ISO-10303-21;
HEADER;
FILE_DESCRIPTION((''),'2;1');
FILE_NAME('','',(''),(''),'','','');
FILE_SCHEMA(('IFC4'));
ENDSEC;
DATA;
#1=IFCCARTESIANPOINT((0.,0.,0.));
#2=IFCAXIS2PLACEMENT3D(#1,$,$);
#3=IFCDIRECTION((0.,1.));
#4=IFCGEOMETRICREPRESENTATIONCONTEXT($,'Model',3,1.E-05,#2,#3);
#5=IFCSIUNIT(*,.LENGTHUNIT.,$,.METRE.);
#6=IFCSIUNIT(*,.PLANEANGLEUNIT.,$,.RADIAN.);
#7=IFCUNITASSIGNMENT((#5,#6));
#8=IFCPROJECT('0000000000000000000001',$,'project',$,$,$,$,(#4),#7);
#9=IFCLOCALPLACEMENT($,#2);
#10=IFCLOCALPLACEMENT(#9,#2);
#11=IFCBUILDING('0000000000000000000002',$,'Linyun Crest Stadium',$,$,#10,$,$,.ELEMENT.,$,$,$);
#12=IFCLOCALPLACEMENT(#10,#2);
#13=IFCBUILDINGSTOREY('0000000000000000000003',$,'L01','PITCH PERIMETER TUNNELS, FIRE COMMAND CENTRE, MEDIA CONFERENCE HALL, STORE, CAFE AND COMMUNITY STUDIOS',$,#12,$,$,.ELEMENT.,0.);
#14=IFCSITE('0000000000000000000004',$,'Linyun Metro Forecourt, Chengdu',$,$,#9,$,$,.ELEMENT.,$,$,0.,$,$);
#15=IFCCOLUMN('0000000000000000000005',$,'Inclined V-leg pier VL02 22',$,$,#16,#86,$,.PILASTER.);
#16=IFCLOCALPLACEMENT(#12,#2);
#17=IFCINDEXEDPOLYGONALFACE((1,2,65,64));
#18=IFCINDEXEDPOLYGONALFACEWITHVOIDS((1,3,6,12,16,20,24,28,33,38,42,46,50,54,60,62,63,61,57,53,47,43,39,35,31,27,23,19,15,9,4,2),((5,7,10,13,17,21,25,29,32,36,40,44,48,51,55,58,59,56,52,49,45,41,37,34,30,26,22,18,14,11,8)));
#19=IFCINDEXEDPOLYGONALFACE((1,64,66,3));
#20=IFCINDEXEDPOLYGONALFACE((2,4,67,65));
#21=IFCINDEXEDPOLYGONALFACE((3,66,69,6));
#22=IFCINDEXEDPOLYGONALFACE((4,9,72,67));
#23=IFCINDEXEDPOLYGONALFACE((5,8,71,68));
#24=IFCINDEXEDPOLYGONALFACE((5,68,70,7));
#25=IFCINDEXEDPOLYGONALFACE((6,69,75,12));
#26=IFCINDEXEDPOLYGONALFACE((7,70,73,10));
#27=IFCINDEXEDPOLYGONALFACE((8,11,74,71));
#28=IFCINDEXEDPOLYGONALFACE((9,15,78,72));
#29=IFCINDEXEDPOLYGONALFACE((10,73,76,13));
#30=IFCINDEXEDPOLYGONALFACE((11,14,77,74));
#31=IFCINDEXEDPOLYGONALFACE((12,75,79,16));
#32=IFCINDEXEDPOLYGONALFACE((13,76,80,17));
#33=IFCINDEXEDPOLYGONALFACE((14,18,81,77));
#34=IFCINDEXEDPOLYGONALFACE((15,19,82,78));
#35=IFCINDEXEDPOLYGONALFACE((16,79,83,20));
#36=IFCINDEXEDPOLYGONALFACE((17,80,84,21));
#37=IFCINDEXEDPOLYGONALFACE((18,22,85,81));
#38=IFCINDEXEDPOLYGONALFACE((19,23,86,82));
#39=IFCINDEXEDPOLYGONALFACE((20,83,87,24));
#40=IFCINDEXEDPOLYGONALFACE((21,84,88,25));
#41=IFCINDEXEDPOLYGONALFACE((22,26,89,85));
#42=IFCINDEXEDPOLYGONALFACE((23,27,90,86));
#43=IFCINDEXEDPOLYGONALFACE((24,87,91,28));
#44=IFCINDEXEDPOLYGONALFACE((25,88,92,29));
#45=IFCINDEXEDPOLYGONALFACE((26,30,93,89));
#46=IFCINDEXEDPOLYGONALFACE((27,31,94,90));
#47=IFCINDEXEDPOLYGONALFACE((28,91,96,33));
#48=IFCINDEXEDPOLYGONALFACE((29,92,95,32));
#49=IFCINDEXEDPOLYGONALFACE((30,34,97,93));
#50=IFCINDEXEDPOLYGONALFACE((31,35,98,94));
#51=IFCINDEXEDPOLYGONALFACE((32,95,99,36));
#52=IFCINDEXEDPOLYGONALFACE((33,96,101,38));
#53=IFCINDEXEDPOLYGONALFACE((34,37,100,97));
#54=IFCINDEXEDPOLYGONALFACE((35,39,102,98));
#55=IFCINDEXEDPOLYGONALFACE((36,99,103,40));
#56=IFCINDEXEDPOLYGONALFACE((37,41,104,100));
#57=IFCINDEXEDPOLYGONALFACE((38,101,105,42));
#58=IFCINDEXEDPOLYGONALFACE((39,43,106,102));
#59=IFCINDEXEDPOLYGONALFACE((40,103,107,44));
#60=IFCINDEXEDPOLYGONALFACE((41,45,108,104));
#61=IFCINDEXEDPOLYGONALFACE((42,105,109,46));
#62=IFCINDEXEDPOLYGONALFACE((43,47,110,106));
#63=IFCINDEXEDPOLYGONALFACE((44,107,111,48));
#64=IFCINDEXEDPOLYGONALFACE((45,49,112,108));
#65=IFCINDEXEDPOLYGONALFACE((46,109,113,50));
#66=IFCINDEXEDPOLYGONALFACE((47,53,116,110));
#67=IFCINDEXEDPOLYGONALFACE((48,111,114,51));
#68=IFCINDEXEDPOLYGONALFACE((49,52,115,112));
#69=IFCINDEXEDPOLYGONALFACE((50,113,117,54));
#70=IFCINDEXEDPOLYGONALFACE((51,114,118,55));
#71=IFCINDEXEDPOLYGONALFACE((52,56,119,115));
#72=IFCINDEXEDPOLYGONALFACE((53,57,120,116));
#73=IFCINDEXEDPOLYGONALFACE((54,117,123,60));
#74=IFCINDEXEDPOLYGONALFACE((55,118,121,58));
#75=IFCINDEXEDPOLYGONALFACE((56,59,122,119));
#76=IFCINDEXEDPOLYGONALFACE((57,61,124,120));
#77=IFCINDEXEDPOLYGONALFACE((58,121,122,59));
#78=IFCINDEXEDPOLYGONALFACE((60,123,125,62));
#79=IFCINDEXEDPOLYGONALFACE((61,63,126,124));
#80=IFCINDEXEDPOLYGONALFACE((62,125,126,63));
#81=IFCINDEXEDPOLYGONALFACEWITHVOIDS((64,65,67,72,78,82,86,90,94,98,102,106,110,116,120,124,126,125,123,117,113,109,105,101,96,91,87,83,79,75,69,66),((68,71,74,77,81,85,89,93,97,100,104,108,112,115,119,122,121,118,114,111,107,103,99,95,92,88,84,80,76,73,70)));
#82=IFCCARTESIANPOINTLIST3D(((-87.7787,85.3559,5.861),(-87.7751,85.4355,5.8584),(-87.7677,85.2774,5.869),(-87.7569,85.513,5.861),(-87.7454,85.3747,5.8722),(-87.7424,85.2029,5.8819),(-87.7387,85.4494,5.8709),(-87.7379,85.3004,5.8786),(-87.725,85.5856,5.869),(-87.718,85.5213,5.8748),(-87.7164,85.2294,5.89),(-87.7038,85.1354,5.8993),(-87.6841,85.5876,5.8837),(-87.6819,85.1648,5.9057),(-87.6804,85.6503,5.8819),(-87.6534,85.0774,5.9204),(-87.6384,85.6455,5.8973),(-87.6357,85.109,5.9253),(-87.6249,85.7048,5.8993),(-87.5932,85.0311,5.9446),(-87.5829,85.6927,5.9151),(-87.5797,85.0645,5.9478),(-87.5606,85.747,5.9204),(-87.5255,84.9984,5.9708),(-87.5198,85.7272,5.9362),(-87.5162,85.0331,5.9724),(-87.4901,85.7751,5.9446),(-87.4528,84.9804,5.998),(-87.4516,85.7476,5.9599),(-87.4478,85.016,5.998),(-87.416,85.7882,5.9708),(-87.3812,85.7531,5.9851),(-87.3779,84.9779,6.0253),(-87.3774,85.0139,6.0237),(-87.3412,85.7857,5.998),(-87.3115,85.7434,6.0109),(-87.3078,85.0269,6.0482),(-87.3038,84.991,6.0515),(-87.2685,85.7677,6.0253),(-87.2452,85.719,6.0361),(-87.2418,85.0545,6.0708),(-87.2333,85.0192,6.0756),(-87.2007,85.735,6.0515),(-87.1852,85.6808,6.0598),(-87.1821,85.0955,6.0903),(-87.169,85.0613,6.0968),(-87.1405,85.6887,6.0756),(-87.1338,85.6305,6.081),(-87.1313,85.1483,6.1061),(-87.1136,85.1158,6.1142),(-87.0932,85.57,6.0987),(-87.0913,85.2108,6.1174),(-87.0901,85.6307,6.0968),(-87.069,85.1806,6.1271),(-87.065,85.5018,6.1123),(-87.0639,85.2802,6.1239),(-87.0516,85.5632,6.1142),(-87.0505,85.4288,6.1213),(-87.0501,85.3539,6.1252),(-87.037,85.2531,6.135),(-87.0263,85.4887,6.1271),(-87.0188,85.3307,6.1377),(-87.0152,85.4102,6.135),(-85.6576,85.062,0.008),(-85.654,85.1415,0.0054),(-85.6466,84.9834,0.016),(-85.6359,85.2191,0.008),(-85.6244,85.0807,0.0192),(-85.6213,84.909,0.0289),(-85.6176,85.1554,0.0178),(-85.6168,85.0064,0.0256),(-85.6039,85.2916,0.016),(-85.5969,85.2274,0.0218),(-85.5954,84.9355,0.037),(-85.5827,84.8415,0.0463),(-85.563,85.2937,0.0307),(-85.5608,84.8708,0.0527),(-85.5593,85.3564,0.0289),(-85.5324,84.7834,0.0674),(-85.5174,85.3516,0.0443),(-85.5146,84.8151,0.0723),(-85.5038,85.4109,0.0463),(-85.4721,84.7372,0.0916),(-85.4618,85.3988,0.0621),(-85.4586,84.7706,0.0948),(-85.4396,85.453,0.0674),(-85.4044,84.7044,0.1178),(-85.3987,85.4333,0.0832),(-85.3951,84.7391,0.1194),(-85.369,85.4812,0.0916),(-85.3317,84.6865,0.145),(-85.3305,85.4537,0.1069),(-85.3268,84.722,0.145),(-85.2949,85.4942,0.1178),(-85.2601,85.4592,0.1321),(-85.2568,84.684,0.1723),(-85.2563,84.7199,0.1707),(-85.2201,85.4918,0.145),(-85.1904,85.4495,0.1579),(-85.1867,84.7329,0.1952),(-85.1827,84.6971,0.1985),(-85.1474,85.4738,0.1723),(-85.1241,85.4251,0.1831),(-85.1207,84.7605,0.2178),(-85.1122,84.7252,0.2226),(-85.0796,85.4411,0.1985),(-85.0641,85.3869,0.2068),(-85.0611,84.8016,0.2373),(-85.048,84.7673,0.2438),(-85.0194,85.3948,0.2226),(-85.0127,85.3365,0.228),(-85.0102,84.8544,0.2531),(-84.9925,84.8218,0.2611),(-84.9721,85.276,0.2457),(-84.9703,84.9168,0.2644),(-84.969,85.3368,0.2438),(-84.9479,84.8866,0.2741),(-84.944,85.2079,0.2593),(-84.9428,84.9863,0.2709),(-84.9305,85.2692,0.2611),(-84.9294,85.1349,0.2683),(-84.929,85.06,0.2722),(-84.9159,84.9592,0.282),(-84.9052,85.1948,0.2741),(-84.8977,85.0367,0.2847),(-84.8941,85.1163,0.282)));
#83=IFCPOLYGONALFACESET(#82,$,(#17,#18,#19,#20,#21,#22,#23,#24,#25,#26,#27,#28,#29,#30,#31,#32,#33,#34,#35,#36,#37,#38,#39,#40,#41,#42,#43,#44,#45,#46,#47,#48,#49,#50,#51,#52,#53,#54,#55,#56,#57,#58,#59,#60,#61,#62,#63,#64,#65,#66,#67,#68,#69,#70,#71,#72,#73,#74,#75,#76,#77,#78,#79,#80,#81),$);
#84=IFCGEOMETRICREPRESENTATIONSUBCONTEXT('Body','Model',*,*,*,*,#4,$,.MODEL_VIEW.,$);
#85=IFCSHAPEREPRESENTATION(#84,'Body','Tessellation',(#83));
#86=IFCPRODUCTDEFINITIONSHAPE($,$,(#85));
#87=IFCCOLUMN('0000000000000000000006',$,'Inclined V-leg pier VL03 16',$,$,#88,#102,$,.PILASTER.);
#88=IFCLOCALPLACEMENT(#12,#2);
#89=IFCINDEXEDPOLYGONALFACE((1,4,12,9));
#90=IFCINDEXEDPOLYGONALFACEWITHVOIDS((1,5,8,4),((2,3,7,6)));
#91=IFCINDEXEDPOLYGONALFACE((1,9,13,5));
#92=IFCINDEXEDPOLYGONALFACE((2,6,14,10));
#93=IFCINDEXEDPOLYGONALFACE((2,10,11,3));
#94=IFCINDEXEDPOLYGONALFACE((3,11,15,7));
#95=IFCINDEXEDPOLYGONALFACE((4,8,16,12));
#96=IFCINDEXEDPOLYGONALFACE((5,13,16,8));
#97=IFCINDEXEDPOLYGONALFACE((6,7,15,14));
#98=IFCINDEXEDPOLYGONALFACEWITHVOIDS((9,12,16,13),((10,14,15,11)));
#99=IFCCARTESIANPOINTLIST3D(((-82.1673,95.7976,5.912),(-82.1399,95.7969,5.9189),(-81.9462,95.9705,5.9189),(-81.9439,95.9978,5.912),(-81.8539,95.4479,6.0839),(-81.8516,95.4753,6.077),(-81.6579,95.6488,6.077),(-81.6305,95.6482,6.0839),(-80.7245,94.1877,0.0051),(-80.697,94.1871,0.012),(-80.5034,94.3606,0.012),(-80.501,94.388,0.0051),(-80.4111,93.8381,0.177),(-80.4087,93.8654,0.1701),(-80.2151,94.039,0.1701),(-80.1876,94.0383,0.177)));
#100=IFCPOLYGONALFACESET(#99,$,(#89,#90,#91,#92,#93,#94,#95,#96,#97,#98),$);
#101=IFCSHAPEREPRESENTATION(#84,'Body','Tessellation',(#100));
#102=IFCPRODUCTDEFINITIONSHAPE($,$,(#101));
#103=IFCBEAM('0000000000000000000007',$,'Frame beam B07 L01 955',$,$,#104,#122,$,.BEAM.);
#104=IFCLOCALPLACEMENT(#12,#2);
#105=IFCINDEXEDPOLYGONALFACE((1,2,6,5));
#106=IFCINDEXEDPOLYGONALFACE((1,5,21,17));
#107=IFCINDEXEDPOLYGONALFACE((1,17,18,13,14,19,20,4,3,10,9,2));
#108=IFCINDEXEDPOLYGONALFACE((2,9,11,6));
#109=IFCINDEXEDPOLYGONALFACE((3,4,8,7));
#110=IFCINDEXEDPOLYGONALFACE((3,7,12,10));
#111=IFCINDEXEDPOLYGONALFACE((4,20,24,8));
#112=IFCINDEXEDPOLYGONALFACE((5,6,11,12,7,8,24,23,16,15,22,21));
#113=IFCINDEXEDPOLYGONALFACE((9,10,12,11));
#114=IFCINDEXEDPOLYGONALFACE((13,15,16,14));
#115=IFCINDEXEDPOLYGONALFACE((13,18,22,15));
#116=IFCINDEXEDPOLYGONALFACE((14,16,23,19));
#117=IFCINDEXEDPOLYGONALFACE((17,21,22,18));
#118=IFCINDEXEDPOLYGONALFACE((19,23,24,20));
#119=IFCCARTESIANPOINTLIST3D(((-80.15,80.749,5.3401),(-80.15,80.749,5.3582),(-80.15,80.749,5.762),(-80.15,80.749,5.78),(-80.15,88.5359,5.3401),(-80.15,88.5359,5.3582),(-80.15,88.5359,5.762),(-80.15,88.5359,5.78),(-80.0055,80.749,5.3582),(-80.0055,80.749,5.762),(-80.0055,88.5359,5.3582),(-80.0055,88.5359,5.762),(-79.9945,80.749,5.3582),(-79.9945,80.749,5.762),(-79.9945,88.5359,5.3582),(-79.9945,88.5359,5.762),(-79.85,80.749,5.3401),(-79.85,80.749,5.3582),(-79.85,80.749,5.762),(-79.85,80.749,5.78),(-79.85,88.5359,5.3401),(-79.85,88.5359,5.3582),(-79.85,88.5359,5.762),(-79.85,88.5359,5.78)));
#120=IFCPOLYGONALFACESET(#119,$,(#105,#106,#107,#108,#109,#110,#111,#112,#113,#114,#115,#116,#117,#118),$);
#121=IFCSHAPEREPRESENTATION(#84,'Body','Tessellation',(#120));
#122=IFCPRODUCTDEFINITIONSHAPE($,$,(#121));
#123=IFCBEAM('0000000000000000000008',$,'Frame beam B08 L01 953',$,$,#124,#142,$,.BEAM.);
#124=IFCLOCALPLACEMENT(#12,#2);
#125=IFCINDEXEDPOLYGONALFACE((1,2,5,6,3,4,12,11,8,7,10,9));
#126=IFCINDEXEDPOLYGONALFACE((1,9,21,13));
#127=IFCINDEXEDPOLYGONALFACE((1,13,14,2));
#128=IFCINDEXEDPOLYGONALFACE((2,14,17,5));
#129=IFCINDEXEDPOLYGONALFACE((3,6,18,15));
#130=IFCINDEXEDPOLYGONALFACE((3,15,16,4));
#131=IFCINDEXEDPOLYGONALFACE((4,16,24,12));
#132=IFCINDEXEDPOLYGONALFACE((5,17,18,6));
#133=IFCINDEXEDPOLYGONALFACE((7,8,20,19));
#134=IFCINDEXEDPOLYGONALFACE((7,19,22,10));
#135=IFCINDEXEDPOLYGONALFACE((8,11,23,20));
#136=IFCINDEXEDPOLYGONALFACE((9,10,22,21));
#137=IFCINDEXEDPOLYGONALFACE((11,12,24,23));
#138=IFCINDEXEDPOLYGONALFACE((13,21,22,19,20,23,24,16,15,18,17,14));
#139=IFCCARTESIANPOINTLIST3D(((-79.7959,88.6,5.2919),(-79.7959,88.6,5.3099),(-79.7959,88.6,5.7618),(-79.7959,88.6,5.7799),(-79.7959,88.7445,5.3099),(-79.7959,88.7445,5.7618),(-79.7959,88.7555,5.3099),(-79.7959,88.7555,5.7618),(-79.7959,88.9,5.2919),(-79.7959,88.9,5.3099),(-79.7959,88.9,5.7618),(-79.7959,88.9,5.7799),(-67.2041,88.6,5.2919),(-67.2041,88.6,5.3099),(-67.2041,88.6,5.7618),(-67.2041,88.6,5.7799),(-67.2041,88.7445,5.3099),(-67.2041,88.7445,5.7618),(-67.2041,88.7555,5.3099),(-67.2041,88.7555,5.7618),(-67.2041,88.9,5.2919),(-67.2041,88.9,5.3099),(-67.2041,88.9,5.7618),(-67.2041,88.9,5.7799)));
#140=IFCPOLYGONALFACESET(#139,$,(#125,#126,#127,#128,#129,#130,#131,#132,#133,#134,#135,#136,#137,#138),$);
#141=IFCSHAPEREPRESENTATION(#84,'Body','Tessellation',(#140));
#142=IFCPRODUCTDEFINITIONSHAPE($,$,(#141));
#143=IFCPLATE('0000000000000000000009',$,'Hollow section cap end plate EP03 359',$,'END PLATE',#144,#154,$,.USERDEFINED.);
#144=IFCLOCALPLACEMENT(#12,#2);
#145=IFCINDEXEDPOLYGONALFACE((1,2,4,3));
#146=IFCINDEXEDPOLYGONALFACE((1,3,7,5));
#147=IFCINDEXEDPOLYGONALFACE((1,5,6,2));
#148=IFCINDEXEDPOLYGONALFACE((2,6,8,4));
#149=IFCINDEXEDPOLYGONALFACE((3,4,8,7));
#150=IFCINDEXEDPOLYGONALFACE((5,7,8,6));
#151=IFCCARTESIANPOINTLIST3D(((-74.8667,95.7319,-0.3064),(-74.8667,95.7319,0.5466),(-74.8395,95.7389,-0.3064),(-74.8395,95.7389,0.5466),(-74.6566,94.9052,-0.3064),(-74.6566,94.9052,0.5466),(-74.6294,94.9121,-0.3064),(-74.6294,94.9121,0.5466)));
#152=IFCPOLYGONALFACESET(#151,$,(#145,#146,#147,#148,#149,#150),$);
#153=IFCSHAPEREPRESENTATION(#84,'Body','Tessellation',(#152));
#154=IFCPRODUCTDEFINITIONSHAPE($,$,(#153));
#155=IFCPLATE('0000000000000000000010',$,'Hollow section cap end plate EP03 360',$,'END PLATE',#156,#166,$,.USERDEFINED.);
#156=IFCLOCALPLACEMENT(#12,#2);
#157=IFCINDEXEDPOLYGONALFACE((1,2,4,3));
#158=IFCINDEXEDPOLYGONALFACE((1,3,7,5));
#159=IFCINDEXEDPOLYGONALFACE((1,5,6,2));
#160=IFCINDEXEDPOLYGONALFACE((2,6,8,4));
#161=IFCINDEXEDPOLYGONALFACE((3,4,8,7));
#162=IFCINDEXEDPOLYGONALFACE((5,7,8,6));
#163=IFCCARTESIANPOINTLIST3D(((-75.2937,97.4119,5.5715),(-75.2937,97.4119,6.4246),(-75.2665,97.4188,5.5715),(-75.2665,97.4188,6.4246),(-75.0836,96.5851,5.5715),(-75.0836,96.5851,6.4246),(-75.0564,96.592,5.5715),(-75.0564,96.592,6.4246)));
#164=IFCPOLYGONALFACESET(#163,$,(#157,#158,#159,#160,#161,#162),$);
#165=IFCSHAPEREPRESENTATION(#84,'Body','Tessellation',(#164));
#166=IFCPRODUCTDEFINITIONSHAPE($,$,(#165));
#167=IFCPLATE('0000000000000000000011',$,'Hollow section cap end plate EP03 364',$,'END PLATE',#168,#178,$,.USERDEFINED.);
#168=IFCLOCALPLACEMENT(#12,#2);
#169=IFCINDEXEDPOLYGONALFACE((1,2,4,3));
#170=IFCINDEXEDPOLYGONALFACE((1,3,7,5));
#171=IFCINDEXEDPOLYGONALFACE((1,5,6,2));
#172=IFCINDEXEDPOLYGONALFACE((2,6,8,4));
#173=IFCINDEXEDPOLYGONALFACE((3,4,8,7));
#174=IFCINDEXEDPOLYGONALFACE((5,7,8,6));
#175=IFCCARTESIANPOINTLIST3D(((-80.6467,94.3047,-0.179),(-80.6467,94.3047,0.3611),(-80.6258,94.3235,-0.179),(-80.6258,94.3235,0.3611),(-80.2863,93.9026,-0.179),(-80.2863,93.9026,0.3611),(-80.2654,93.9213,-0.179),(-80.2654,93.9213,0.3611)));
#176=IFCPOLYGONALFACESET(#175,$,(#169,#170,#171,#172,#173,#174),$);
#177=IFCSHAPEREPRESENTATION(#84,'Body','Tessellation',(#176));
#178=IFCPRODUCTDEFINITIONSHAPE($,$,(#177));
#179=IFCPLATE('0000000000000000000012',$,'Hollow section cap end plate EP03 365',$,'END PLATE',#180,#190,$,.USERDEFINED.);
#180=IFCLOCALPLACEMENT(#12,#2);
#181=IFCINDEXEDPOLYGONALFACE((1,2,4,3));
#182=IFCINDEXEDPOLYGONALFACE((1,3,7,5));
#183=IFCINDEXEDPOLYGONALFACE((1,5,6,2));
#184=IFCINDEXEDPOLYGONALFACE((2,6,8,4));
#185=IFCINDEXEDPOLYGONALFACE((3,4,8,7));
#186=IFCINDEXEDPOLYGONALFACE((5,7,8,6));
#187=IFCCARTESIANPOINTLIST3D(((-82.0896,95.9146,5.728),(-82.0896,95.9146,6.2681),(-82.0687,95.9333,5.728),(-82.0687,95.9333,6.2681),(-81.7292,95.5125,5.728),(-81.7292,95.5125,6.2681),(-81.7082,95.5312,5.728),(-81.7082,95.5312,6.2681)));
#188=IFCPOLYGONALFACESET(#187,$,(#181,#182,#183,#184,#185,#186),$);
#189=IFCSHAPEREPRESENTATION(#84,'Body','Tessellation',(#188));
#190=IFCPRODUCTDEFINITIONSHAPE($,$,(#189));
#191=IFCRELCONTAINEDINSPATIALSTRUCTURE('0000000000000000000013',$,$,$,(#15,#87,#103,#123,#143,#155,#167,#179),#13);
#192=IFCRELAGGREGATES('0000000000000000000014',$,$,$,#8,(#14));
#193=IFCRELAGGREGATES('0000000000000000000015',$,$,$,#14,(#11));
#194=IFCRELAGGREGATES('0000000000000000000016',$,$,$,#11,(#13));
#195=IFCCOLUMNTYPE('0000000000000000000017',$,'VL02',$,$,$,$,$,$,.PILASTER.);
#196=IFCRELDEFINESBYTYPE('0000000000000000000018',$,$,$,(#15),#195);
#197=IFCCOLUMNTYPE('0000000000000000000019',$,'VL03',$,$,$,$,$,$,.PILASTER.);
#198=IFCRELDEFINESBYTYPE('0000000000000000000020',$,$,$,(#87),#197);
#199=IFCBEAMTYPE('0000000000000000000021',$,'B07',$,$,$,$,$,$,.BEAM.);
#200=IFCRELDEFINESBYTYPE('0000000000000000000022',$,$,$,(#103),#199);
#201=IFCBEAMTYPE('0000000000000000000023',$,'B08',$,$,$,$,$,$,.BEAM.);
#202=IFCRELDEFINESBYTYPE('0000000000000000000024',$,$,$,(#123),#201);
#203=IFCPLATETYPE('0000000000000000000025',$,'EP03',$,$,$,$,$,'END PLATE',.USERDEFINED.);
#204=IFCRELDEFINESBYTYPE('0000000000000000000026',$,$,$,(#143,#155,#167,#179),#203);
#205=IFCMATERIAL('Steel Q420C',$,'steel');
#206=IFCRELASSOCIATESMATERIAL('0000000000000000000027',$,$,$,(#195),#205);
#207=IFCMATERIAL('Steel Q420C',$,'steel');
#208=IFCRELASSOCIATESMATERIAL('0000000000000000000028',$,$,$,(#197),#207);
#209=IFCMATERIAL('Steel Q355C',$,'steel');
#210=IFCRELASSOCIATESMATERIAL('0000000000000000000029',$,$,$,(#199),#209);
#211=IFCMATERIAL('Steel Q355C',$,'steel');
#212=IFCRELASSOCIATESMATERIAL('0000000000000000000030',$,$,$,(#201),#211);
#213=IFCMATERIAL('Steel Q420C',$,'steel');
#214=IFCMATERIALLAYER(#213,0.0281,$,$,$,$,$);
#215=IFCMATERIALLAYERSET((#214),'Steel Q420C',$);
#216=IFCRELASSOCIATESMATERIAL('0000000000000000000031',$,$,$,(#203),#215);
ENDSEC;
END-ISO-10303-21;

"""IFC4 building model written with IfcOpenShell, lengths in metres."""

from ifc_helpers import new_model, si_unit, direction, frame, origin, origin_2d, place, context, subcontext, project, spatial, rectangle, hollow_rectangle, hollow_circle, i_section, extrude, material, layer, layer_set, material_profile, profile_set, type_object, element, save


model = new_model("IFC4")

# Units and contexts
model_context = context("Model", 3, precision=1e-05, world=origin(), true_north=direction((0.0, 1.0)))
body_context = subcontext(model_context, "Body", "Model", "MODEL_VIEW")
ifc_project = project(units=[si_unit("LENGTHUNIT", "METRE"), si_unit("PLANEANGLEUNIT", "RADIAN")], contexts=[model_context])

# Site, building, storey
site_placement = place(None, origin())
site = spatial("IfcSite", under=ifc_project, at=site_placement, Name="Linyun Metro Forecourt, Chengdu", CompositionType="ELEMENT", RefElevation=0.0)
building_placement = place(site_placement, origin())
building = spatial("IfcBuilding", under=site, at=building_placement, Name="Linyun Crest Stadium", CompositionType="ELEMENT")
storey_placement = place(building_placement, origin())
storey = spatial("IfcBuildingStorey", under=building, at=storey_placement, Name="L01", Description="PITCH PERIMETER TUNNELS, FIRE COMMAND CENTRE, MEDIA CONFERENCE HALL, STORE, CAFE AND COMMUNITY STUDIOS", CompositionType="ELEMENT", Elevation=0.0)

# Columns
ifc_material_1 = material(Name="Steel Q420C", Category="steel")
ifc_material_profile_1 = material_profile(ifc_material_1, hollow_circle(Radius=0.4065, WallThickness=0.0359, at=origin_2d()), Name="CHS 813x36")
ifc_profile_set_1 = profile_set([ifc_material_profile_1], Name="Steel Q420C")
column_type_1 = type_object("IfcColumnType", Name="VL02", PredefinedType="PILASTER", material=ifc_profile_set_1)
column_1_placement = place(storey_placement, frame((-85.2759, 85.0891, 0.145), z_axis=(-0.340331, 0.047164, 0.939122), x_axis=(-0.13727, -0.990534, 0.0)))
element("IfcColumn", 1, at=column_1_placement, inside=storey, type_object=column_type_1, Name="Inclined V-leg pier VL02 22", PredefinedType="PILASTER", context=body_context, shape_type="SweptSolid", body=[
    extrude(hollow_circle(Radius=0.4065, WallThickness=0.0359, at=origin_2d()), origin(), (0.0, 0.0, 1.0), 6.2324),
])
ifc_material_2 = material(Name="Steel Q420C", Category="steel")
ifc_material_profile_2 = material_profile(ifc_material_2, hollow_rectangle(XDim=0.3, YDim=0.5, WallThickness=0.02, at=origin_2d()), Name="RHS 500x300x20")
ifc_profile_set_2 = profile_set([ifc_material_profile_2], Name="Steel Q420C")
column_type_2 = type_object("IfcColumnType", Name="VL03", PredefinedType="PILASTER", material=ifc_profile_set_2)
column_2_placement = place(storey_placement, frame((-80.4561, 94.113, 0.0911), z_axis=(-0.229386, 0.255934, 0.939085), x_axis=(-0.744674, -0.667428, 0.0)))
element("IfcColumn", 2, at=column_2_placement, inside=storey, type_object=column_type_2, Name="Inclined V-leg pier VL03 16", PredefinedType="PILASTER", context=body_context, shape_type="SweptSolid", body=[
    extrude(hollow_rectangle(XDim=0.3, YDim=0.5, WallThickness=0.02, at=origin_2d()), origin(), (0.0, 0.0, 1.0), 6.29),
])

# Beams
ifc_material_3 = material(Name="Steel Q355C", Category="steel")
ifc_material_profile_3 = material_profile(ifc_material_3, i_section(OverallWidth=0.3, OverallDepth=0.4399, WebThickness=0.011, FlangeThickness=0.0181, at=origin_2d()), Name="HM 440x300")
ifc_profile_set_3 = profile_set([ifc_material_profile_3], Name="Steel Q355C")
beam_type_1 = type_object("IfcBeamType", Name="B07", PredefinedType="BEAM", material=ifc_profile_set_3)
beam_1_placement = place(storey_placement, frame((-80.0, 80.749, 5.5601), z_axis=(0.0, 1.0, 0.0), x_axis=(-1.0, 0.0, 0.0)))
element("IfcBeam", 3, at=beam_1_placement, inside=storey, type_object=beam_type_1, Name="Frame beam B07 L01 955", PredefinedType="BEAM", context=body_context, shape_type="SweptSolid", body=[
    extrude(i_section(OverallWidth=0.3, OverallDepth=0.4399, WebThickness=0.011, FlangeThickness=0.0181, at=origin_2d()), origin(), (0.0, 0.0, 1.0), 7.7869),
])
ifc_material_4 = material(Name="Steel Q355C", Category="steel")
ifc_material_profile_4 = material_profile(ifc_material_4, i_section(OverallWidth=0.3, OverallDepth=0.488, WebThickness=0.011, FlangeThickness=0.0181, at=origin_2d()), Name="HM 488x300")
ifc_profile_set_4 = profile_set([ifc_material_profile_4], Name="Steel Q355C")
beam_type_2 = type_object("IfcBeamType", Name="B08", PredefinedType="BEAM", material=ifc_profile_set_4)
beam_2_placement = place(storey_placement, frame((-79.7959, 88.75, 5.5359), z_axis=(1.0, 0.0, 0.0), x_axis=(0.0, 1.0, 0.0)))
element("IfcBeam", 4, at=beam_2_placement, inside=storey, type_object=beam_type_2, Name="Frame beam B08 L01 953", PredefinedType="BEAM", context=body_context, shape_type="SweptSolid", body=[
    extrude(i_section(OverallWidth=0.3, OverallDepth=0.488, WebThickness=0.011, FlangeThickness=0.0181, at=origin_2d()), origin(), (0.0, 0.0, 1.0), 12.5918),
])

# Plates
ifc_material_5 = material(Name="Steel Q420C", Category="steel")
ifc_layer_1 = layer(ifc_material_5, 0.0281)
ifc_layer_set_1 = layer_set([ifc_layer_1], Name="Steel Q420C")
plate_type = type_object("IfcPlateType", Name="EP03", ElementType="END PLATE", PredefinedType="USERDEFINED", material=ifc_layer_set_1)
for number, where, z_axis, x_axis, name in (
    (5, (-74.748, 95.322, -0.3064), (0.0, 0.0, 1.0), (-0.246322, 0.969188, 0.0), "Hollow section cap end plate EP03 359"),
    (6, (-75.175, 97.002, 5.5715), (0.0, 0.0, 1.0), (-0.246322, 0.969188, 0.0), "Hollow section cap end plate EP03 360"),
):
    element("IfcPlate", number, at=place(storey_placement, frame(where, z_axis=z_axis, x_axis=x_axis)), inside=storey, type_object=plate_type, Name=name, ObjectType="END PLATE", PredefinedType="USERDEFINED", context=body_context, shape_type="SweptSolid", body=[
        extrude(rectangle(XDim=0.853, YDim=0.0281, at=origin_2d()), origin(), (0.0, 0.0, 1.0), 0.853),
    ])
for number, where, z_axis, x_axis, name in (
    (7, (-80.4561, 94.113, -0.179), (0.0, 0.0, 1.0), (-0.667443, 0.744661, 0.0), "Hollow section cap end plate EP03 364"),
    (8, (-81.8989, 95.7229, 5.728), (0.0, 0.0, 1.0), (-0.667443, 0.744661, 0.0), "Hollow section cap end plate EP03 365"),
):
    element("IfcPlate", number, at=place(storey_placement, frame(where, z_axis=z_axis, x_axis=x_axis)), inside=storey, type_object=plate_type, Name=name, ObjectType="END PLATE", PredefinedType="USERDEFINED", context=body_context, shape_type="SweptSolid", body=[
        extrude(rectangle(XDim=0.54, YDim=0.0281, at=origin_2d()), origin(), (0.0, 0.0, 1.0), 0.54),
    ])

save(model, "model.ifc")
